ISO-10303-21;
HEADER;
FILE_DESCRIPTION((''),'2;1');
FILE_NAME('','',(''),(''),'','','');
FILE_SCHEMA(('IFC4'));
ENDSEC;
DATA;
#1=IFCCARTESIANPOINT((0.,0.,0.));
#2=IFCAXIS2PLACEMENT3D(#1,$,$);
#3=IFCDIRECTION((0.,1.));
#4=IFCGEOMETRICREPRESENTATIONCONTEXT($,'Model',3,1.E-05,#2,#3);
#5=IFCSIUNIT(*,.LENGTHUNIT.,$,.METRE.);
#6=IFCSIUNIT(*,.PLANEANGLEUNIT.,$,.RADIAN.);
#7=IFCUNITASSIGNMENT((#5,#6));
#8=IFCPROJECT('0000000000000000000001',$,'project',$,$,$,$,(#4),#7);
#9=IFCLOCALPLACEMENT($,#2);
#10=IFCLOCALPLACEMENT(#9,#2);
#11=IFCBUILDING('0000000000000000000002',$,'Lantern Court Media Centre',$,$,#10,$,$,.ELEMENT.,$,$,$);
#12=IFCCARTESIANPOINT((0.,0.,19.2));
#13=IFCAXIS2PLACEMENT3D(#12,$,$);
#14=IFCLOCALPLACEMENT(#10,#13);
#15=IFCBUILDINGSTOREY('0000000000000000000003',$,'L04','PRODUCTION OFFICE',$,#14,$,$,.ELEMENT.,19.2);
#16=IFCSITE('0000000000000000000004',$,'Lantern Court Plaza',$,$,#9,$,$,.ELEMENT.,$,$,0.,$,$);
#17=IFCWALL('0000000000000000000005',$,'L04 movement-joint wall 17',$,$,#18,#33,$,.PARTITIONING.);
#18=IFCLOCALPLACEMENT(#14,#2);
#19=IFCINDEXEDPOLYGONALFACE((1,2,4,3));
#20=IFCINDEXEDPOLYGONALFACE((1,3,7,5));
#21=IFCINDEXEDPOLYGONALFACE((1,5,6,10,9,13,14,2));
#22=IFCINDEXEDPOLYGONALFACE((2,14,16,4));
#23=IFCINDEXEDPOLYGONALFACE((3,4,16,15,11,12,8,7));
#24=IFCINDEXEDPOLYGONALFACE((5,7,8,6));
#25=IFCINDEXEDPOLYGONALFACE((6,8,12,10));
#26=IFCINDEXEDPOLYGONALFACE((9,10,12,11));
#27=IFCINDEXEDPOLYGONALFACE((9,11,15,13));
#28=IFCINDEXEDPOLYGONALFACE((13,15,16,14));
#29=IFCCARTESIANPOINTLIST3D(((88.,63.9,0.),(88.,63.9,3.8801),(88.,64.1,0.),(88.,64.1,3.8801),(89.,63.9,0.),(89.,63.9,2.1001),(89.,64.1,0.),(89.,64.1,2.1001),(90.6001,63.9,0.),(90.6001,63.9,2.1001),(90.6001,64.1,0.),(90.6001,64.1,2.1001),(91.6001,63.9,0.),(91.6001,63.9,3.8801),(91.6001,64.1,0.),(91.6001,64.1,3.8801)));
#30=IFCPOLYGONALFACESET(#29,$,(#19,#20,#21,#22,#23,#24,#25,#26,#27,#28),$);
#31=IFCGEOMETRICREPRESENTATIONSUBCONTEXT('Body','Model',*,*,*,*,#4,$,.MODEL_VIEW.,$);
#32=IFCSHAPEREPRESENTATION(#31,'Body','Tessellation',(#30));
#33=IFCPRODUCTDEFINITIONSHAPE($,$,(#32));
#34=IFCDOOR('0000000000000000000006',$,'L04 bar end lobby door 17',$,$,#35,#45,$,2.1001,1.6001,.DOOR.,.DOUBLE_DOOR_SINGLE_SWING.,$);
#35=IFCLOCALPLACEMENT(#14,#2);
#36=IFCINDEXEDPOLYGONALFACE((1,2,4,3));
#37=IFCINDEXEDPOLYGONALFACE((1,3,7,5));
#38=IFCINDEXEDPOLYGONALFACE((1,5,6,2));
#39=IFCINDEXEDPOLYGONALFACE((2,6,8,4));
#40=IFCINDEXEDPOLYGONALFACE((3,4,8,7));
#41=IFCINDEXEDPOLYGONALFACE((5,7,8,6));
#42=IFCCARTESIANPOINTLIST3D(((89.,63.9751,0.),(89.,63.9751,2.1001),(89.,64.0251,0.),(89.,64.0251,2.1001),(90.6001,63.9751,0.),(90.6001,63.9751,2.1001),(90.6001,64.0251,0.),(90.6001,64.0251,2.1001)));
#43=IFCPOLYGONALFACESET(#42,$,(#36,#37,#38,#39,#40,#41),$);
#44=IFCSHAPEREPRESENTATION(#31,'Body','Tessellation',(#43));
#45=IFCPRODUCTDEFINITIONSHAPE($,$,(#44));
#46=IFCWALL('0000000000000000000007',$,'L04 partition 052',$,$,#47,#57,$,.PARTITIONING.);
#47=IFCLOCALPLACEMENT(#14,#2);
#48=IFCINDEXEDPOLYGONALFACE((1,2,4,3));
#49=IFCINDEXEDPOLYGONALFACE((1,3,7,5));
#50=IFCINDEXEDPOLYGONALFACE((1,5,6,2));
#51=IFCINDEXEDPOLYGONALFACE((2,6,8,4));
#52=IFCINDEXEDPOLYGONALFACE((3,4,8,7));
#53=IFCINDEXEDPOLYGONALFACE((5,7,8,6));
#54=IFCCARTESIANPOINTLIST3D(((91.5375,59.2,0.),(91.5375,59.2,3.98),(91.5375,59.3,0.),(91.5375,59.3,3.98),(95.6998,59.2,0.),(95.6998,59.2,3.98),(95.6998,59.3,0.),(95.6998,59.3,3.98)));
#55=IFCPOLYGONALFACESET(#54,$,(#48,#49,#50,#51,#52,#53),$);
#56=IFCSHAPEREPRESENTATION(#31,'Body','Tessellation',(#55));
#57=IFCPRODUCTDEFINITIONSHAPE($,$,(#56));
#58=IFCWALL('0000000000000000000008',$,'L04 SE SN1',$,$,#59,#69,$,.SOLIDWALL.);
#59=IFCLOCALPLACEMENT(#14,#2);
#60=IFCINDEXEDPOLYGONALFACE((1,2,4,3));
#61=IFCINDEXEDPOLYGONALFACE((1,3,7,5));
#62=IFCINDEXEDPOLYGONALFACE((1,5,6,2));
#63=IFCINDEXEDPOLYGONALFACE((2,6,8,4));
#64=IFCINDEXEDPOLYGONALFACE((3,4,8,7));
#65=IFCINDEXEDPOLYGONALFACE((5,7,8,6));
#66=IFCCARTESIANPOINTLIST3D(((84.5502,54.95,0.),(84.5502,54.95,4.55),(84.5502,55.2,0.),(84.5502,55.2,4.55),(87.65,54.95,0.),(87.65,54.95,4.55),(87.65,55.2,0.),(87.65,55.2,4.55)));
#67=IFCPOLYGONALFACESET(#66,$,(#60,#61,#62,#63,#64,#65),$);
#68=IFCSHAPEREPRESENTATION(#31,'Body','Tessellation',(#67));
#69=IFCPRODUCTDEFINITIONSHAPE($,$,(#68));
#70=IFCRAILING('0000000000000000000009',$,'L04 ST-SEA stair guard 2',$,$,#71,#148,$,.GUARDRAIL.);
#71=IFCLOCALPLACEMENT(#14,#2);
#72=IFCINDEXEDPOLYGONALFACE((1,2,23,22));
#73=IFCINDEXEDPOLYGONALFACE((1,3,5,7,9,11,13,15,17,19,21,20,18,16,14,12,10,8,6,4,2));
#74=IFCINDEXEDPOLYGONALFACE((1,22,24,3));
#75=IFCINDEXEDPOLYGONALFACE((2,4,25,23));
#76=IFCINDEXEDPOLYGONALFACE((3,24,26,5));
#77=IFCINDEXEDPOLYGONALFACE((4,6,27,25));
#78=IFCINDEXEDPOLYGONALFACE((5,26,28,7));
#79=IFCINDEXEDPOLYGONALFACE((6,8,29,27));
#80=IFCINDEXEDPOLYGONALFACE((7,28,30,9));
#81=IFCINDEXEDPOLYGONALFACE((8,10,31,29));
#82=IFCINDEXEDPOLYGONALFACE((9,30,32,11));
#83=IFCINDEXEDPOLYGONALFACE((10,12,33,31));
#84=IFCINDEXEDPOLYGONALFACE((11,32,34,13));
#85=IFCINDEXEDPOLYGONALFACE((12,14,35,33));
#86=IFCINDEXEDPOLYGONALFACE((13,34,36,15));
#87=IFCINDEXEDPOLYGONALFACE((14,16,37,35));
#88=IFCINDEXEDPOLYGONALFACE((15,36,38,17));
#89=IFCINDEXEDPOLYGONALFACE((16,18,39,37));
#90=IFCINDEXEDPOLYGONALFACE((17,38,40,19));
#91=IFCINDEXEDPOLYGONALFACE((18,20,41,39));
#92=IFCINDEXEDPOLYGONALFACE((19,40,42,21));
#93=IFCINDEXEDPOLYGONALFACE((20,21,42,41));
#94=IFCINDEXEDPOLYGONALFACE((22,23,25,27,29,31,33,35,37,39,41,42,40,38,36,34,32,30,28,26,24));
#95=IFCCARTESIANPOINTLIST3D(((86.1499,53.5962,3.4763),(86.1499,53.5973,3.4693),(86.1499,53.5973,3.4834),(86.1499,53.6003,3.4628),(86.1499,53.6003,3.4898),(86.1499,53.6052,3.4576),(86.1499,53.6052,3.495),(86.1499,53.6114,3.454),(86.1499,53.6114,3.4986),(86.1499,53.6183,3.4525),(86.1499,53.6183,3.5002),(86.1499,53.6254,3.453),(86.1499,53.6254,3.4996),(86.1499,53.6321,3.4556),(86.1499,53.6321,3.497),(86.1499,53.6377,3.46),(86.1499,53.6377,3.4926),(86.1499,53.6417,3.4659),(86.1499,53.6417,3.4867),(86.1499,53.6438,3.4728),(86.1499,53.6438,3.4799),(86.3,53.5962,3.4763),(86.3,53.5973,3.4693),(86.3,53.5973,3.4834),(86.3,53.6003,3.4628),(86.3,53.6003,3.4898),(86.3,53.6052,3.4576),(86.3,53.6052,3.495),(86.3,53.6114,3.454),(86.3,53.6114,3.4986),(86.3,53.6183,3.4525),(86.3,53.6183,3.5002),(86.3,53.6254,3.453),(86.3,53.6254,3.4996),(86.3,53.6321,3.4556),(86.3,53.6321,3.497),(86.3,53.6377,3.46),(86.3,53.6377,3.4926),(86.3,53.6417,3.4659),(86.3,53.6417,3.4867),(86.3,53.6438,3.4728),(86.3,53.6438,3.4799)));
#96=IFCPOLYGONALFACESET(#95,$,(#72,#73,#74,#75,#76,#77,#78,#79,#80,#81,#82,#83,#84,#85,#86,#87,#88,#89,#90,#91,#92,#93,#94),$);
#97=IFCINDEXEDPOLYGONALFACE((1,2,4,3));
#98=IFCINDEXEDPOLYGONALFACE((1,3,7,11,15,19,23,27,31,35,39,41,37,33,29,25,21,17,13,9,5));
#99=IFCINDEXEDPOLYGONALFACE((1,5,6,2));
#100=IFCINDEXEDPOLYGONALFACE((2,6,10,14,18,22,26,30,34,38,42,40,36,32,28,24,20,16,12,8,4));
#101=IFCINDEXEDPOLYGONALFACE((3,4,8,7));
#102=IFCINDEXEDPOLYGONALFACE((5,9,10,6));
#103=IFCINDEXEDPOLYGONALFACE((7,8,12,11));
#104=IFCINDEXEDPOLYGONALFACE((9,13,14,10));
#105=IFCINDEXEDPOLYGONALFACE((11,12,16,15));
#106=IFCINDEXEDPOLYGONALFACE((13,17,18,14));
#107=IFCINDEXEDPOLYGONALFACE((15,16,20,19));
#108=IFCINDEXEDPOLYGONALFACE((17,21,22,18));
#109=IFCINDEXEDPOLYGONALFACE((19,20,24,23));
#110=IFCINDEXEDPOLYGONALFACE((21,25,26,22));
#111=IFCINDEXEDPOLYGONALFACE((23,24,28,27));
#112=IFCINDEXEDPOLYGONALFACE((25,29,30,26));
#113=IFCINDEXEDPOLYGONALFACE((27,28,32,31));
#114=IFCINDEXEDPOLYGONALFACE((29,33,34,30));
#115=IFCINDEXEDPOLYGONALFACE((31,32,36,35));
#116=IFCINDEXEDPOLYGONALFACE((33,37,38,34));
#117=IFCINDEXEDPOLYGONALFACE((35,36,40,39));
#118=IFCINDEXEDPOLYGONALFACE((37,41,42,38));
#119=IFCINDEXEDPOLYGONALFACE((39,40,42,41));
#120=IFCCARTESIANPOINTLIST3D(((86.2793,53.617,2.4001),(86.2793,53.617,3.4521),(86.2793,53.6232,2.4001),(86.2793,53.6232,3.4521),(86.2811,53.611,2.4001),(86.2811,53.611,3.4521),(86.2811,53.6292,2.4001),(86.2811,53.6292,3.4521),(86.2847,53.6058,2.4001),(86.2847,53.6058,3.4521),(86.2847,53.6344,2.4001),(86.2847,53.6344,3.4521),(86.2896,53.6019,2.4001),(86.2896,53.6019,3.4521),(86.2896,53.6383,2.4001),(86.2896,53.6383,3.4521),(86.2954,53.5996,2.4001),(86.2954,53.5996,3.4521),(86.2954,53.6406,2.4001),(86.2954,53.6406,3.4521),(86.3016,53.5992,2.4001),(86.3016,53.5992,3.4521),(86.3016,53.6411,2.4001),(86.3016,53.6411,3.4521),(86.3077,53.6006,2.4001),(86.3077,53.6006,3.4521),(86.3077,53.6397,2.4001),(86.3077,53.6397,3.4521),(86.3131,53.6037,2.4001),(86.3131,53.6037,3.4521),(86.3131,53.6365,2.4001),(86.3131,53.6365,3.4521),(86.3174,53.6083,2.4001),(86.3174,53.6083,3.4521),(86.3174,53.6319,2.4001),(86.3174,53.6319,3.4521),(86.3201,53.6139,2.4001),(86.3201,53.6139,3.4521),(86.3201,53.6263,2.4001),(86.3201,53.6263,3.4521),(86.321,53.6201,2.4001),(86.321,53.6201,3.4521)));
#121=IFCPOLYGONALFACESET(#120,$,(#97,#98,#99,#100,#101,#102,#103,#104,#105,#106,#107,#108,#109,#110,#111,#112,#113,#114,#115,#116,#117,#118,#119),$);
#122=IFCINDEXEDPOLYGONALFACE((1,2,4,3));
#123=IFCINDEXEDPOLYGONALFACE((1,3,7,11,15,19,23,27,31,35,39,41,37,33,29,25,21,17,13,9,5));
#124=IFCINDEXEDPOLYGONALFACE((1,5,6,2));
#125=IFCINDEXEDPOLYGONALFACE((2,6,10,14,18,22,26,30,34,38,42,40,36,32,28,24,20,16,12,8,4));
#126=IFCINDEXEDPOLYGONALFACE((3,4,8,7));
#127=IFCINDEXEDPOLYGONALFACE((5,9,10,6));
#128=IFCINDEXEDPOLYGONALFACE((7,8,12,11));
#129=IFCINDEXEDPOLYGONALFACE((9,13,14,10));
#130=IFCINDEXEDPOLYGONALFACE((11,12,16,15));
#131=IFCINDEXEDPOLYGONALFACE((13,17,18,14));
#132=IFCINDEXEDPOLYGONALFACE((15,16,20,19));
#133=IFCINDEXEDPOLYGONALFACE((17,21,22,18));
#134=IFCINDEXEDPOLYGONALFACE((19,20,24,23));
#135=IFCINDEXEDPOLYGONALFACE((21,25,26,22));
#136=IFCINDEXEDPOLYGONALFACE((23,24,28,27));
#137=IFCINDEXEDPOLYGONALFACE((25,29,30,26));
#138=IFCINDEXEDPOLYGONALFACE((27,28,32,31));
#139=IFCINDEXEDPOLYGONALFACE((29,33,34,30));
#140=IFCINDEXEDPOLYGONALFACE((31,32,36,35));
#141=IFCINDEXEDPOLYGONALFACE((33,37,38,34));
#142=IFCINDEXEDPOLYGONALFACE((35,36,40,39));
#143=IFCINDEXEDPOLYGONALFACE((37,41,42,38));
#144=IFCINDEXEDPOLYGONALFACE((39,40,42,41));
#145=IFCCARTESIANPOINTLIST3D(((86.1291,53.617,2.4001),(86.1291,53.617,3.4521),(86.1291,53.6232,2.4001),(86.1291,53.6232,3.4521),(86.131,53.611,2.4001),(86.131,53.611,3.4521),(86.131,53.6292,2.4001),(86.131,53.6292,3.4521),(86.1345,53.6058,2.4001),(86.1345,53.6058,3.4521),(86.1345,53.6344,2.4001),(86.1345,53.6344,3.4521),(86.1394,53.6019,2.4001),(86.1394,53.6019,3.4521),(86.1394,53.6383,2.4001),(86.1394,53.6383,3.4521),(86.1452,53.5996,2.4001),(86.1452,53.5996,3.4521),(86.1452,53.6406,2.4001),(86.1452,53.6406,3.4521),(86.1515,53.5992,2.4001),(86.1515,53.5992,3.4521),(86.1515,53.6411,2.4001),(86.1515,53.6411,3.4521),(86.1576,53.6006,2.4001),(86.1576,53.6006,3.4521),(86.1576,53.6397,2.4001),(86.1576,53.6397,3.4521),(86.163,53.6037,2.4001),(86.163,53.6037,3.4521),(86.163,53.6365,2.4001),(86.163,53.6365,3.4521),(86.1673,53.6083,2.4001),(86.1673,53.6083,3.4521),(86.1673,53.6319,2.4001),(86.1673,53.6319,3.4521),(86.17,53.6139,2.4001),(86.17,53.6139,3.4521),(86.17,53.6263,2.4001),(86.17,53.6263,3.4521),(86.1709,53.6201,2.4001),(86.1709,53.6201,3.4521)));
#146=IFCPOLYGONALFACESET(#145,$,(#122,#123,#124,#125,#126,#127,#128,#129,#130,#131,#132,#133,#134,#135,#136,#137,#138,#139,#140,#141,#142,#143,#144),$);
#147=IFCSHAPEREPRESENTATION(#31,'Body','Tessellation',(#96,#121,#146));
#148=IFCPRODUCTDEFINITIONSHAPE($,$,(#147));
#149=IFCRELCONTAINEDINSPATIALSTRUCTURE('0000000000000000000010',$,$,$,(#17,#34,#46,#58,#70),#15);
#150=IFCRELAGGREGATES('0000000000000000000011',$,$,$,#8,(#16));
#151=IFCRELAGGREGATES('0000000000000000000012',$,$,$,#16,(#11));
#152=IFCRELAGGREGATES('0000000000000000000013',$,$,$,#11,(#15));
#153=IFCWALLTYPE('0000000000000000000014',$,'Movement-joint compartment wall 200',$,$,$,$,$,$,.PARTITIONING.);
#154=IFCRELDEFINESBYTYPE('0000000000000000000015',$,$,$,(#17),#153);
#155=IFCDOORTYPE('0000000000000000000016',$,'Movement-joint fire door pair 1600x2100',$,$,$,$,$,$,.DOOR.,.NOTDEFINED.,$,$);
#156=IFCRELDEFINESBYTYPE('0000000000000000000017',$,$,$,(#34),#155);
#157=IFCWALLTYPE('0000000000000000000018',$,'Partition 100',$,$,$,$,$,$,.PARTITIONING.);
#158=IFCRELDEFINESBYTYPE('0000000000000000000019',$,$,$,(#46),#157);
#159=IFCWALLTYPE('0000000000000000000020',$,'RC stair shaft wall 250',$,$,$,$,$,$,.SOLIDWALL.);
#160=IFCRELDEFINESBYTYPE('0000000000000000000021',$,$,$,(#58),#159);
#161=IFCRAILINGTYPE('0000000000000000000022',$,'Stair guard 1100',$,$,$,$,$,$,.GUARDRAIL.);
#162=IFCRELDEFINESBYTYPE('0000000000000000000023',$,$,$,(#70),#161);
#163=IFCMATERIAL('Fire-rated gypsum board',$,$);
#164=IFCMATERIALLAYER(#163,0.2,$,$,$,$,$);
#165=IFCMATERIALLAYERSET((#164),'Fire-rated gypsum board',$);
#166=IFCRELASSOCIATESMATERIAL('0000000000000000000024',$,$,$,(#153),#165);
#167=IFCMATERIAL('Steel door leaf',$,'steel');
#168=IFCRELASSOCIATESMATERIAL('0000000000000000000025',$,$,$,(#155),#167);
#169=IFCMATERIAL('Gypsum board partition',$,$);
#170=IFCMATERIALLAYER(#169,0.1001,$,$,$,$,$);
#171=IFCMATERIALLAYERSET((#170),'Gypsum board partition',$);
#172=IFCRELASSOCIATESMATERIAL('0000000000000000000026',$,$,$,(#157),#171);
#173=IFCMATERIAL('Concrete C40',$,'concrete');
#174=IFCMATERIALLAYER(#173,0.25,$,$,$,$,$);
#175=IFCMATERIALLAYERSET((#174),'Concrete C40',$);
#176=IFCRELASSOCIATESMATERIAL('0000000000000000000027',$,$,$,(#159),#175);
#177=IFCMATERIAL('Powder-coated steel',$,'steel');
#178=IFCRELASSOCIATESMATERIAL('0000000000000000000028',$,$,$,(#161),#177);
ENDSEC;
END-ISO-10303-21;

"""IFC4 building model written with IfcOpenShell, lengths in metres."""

from ifc_helpers import new_model, si_unit, direction, frame, frame_2d, origin, origin_2d, place, context, subcontext, project, spatial, rectangle, circle, extrude, material, layer, layer_set, type_object, element, fill, save


model = new_model("IFC4")

# Units and contexts
model_context = context("Model", 3, precision=1e-05, world=origin(), true_north=direction((0.0, 1.0)))
body_context = subcontext(model_context, "Body", "Model", "MODEL_VIEW")
ifc_project = project(units=[si_unit("LENGTHUNIT", "METRE"), si_unit("PLANEANGLEUNIT", "RADIAN")], contexts=[model_context])

# Site, building, storey
site_placement = place(None, origin())
site = spatial("IfcSite", under=ifc_project, at=site_placement, Name="Lantern Court Plaza", CompositionType="ELEMENT", RefElevation=0.0)
building_placement = place(site_placement, origin())
building = spatial("IfcBuilding", under=site, at=building_placement, Name="Lantern Court Media Centre", CompositionType="ELEMENT")
storey_placement = place(building_placement, frame((0.0, 0.0, 19.2)))
storey = spatial("IfcBuildingStorey", under=building, at=storey_placement, Name="L04", Description="PRODUCTION OFFICE", CompositionType="ELEMENT", Elevation=19.2)

# Shared definitions
ifc_material_1 = material(Name="Gypsum board partition")

# Shared definitions
ifc_material_2 = material(Name="Concrete C40", Category="concrete")
ifc_material_3 = material(Name="Steel door leaf", Category="steel")

# Wall, opening, door
ifc_material_4 = material(Name="Fire-rated gypsum board")
ifc_layer_1 = layer(ifc_material_4, 0.2)
ifc_layer_set_1 = layer_set([ifc_layer_1], Name="Fire-rated gypsum board")
wall_type_1 = type_object("IfcWallType", Name="Movement-joint compartment wall 200", PredefinedType="PARTITIONING", material=ifc_layer_set_1)
wall_1_placement = place(storey_placement, frame((88.0, 64.0, 0.0), z_axis=(0.0, 0.0, 1.0), x_axis=(1.0, 0.0, 0.0)))
wall_1 = element("IfcWall", 1, at=wall_1_placement, inside=storey, type_object=wall_type_1, Name="L04 movement-joint wall 17", PredefinedType="PARTITIONING", context=body_context, shape_type="SweptSolid", body=[
    extrude(rectangle(XDim=3.6001, YDim=0.2, at=frame_2d((1.8, 0.0))), origin(), (0.0, 0.0, 1.0), 3.8801),
])
opening_1_placement = place(wall_1_placement, frame((1.0, 0.0, 0.0)))
opening_1 = element("IfcOpeningElement", 2, at=opening_1_placement, cuts=wall_1, PredefinedType="OPENING", context=body_context, shape_type="SweptSolid", body=[
    extrude(rectangle(XDim=1.6001, YDim=2.1001, at=frame_2d((0.8, 1.05))), frame((0.0, 0.1099, 0.0), z_axis=(0.0, -1.0, 0.0), x_axis=(1.0, 0.0, 0.0)), (0.0, 0.0, 1.0), 0.22),
])
door_type_1 = type_object("IfcDoorType", Name="Movement-joint fire door pair 1600x2100", OperationType="NOTDEFINED", PredefinedType="DOOR", material=ifc_material_3)
door_1_placement = place(opening_1_placement, frame((1.6001, 0.0, 0.0), z_axis=(0.0, 0.0, 1.0), x_axis=(-1.0, 0.0, 0.0)))
door_1 = element("IfcDoor", 3, at=door_1_placement, inside=storey, type_object=door_type_1, Name="L04 bar end lobby door 17", OperationType="DOUBLE_DOOR_SINGLE_SWING", OverallHeight=2.1001, OverallWidth=1.6001, PredefinedType="DOOR", context=body_context, shape_type="SweptSolid", body=[
    extrude(rectangle(XDim=1.6001, YDim=2.1001, at=frame_2d((0.8, 1.05))), frame((0.0, 0.0249, 0.0), z_axis=(0.0, -1.0, 0.0), x_axis=(1.0, 0.0, 0.0)), (0.0, 0.0, 1.0), 0.05),
])
fill(opening_1, door_1)

# Walls
ifc_layer_2 = layer(ifc_material_1, 0.1001)
ifc_layer_set_2 = layer_set([ifc_layer_2], Name="Gypsum board partition")
wall_type_2 = type_object("IfcWallType", Name="Partition 100", PredefinedType="PARTITIONING", material=ifc_layer_set_2)
wall_2_placement = place(storey_placement, frame((91.5376, 59.25, 0.0), z_axis=(0.0, 0.0, 1.0), x_axis=(1.0, 0.0, 0.0)))
element("IfcWall", 4, at=wall_2_placement, inside=storey, type_object=wall_type_2, Name="L04 partition 052", PredefinedType="PARTITIONING", context=body_context, shape_type="SweptSolid", body=[
    extrude(rectangle(XDim=4.1624, YDim=0.1001, at=frame_2d((2.0811, 0.0))), origin(), (0.0, 0.0, 1.0), 3.98),
])
ifc_layer_3 = layer(ifc_material_2, 0.25)
ifc_layer_set_3 = layer_set([ifc_layer_3], Name="Concrete C40")
wall_type_3 = type_object("IfcWallType", Name="RC stair shaft wall 250", PredefinedType="SOLIDWALL", material=ifc_layer_set_3)
wall_3_placement = place(storey_placement, frame((87.6499, 55.075, 0.0), z_axis=(0.0, 0.0, 1.0), x_axis=(-1.0, 0.0, 0.0)))
element("IfcWall", 5, at=wall_3_placement, inside=storey, type_object=wall_type_3, Name="L04 SE SN1", PredefinedType="SOLIDWALL", context=body_context, shape_type="SweptSolid", body=[
    extrude(rectangle(XDim=3.0999, YDim=0.25, at=frame_2d((1.5498, 0.0))), origin(), (0.0, 0.0, 1.0), 4.55),
])

# Railing
ifc_material_5 = material(Name="Powder-coated steel", Category="steel")
railing_type = type_object("IfcRailingType", Name="Stair guard 1100", PredefinedType="GUARDRAIL", material=ifc_material_5)
railing_1_placement = place(storey_placement, frame((86.3, 53.6201, 2.4001)))
element("IfcRailing", 6, at=railing_1_placement, inside=storey, type_object=railing_type, Name="L04 ST-SEA stair guard 2", PredefinedType="GUARDRAIL", context=body_context, shape_type="SweptSolid", body=[
    extrude(circle(Radius=0.0239, at=origin_2d()), frame((0.0, 0.0, 1.0762), z_axis=(-1.0, 0.0, 0.0), x_axis=(0.0, -1.0, 0.0)), (0.0, 0.0, 1.0), 0.1501),
    extrude(circle(Radius=0.021, at=origin_2d()), origin(), (0.0, 0.0, 1.0), 1.052),
    extrude(circle(Radius=0.021, at=origin_2d()), frame((-0.1501, 0.0, 0.0)), (0.0, 0.0, 1.0), 1.052),
])

save(model, "model.ifc")
